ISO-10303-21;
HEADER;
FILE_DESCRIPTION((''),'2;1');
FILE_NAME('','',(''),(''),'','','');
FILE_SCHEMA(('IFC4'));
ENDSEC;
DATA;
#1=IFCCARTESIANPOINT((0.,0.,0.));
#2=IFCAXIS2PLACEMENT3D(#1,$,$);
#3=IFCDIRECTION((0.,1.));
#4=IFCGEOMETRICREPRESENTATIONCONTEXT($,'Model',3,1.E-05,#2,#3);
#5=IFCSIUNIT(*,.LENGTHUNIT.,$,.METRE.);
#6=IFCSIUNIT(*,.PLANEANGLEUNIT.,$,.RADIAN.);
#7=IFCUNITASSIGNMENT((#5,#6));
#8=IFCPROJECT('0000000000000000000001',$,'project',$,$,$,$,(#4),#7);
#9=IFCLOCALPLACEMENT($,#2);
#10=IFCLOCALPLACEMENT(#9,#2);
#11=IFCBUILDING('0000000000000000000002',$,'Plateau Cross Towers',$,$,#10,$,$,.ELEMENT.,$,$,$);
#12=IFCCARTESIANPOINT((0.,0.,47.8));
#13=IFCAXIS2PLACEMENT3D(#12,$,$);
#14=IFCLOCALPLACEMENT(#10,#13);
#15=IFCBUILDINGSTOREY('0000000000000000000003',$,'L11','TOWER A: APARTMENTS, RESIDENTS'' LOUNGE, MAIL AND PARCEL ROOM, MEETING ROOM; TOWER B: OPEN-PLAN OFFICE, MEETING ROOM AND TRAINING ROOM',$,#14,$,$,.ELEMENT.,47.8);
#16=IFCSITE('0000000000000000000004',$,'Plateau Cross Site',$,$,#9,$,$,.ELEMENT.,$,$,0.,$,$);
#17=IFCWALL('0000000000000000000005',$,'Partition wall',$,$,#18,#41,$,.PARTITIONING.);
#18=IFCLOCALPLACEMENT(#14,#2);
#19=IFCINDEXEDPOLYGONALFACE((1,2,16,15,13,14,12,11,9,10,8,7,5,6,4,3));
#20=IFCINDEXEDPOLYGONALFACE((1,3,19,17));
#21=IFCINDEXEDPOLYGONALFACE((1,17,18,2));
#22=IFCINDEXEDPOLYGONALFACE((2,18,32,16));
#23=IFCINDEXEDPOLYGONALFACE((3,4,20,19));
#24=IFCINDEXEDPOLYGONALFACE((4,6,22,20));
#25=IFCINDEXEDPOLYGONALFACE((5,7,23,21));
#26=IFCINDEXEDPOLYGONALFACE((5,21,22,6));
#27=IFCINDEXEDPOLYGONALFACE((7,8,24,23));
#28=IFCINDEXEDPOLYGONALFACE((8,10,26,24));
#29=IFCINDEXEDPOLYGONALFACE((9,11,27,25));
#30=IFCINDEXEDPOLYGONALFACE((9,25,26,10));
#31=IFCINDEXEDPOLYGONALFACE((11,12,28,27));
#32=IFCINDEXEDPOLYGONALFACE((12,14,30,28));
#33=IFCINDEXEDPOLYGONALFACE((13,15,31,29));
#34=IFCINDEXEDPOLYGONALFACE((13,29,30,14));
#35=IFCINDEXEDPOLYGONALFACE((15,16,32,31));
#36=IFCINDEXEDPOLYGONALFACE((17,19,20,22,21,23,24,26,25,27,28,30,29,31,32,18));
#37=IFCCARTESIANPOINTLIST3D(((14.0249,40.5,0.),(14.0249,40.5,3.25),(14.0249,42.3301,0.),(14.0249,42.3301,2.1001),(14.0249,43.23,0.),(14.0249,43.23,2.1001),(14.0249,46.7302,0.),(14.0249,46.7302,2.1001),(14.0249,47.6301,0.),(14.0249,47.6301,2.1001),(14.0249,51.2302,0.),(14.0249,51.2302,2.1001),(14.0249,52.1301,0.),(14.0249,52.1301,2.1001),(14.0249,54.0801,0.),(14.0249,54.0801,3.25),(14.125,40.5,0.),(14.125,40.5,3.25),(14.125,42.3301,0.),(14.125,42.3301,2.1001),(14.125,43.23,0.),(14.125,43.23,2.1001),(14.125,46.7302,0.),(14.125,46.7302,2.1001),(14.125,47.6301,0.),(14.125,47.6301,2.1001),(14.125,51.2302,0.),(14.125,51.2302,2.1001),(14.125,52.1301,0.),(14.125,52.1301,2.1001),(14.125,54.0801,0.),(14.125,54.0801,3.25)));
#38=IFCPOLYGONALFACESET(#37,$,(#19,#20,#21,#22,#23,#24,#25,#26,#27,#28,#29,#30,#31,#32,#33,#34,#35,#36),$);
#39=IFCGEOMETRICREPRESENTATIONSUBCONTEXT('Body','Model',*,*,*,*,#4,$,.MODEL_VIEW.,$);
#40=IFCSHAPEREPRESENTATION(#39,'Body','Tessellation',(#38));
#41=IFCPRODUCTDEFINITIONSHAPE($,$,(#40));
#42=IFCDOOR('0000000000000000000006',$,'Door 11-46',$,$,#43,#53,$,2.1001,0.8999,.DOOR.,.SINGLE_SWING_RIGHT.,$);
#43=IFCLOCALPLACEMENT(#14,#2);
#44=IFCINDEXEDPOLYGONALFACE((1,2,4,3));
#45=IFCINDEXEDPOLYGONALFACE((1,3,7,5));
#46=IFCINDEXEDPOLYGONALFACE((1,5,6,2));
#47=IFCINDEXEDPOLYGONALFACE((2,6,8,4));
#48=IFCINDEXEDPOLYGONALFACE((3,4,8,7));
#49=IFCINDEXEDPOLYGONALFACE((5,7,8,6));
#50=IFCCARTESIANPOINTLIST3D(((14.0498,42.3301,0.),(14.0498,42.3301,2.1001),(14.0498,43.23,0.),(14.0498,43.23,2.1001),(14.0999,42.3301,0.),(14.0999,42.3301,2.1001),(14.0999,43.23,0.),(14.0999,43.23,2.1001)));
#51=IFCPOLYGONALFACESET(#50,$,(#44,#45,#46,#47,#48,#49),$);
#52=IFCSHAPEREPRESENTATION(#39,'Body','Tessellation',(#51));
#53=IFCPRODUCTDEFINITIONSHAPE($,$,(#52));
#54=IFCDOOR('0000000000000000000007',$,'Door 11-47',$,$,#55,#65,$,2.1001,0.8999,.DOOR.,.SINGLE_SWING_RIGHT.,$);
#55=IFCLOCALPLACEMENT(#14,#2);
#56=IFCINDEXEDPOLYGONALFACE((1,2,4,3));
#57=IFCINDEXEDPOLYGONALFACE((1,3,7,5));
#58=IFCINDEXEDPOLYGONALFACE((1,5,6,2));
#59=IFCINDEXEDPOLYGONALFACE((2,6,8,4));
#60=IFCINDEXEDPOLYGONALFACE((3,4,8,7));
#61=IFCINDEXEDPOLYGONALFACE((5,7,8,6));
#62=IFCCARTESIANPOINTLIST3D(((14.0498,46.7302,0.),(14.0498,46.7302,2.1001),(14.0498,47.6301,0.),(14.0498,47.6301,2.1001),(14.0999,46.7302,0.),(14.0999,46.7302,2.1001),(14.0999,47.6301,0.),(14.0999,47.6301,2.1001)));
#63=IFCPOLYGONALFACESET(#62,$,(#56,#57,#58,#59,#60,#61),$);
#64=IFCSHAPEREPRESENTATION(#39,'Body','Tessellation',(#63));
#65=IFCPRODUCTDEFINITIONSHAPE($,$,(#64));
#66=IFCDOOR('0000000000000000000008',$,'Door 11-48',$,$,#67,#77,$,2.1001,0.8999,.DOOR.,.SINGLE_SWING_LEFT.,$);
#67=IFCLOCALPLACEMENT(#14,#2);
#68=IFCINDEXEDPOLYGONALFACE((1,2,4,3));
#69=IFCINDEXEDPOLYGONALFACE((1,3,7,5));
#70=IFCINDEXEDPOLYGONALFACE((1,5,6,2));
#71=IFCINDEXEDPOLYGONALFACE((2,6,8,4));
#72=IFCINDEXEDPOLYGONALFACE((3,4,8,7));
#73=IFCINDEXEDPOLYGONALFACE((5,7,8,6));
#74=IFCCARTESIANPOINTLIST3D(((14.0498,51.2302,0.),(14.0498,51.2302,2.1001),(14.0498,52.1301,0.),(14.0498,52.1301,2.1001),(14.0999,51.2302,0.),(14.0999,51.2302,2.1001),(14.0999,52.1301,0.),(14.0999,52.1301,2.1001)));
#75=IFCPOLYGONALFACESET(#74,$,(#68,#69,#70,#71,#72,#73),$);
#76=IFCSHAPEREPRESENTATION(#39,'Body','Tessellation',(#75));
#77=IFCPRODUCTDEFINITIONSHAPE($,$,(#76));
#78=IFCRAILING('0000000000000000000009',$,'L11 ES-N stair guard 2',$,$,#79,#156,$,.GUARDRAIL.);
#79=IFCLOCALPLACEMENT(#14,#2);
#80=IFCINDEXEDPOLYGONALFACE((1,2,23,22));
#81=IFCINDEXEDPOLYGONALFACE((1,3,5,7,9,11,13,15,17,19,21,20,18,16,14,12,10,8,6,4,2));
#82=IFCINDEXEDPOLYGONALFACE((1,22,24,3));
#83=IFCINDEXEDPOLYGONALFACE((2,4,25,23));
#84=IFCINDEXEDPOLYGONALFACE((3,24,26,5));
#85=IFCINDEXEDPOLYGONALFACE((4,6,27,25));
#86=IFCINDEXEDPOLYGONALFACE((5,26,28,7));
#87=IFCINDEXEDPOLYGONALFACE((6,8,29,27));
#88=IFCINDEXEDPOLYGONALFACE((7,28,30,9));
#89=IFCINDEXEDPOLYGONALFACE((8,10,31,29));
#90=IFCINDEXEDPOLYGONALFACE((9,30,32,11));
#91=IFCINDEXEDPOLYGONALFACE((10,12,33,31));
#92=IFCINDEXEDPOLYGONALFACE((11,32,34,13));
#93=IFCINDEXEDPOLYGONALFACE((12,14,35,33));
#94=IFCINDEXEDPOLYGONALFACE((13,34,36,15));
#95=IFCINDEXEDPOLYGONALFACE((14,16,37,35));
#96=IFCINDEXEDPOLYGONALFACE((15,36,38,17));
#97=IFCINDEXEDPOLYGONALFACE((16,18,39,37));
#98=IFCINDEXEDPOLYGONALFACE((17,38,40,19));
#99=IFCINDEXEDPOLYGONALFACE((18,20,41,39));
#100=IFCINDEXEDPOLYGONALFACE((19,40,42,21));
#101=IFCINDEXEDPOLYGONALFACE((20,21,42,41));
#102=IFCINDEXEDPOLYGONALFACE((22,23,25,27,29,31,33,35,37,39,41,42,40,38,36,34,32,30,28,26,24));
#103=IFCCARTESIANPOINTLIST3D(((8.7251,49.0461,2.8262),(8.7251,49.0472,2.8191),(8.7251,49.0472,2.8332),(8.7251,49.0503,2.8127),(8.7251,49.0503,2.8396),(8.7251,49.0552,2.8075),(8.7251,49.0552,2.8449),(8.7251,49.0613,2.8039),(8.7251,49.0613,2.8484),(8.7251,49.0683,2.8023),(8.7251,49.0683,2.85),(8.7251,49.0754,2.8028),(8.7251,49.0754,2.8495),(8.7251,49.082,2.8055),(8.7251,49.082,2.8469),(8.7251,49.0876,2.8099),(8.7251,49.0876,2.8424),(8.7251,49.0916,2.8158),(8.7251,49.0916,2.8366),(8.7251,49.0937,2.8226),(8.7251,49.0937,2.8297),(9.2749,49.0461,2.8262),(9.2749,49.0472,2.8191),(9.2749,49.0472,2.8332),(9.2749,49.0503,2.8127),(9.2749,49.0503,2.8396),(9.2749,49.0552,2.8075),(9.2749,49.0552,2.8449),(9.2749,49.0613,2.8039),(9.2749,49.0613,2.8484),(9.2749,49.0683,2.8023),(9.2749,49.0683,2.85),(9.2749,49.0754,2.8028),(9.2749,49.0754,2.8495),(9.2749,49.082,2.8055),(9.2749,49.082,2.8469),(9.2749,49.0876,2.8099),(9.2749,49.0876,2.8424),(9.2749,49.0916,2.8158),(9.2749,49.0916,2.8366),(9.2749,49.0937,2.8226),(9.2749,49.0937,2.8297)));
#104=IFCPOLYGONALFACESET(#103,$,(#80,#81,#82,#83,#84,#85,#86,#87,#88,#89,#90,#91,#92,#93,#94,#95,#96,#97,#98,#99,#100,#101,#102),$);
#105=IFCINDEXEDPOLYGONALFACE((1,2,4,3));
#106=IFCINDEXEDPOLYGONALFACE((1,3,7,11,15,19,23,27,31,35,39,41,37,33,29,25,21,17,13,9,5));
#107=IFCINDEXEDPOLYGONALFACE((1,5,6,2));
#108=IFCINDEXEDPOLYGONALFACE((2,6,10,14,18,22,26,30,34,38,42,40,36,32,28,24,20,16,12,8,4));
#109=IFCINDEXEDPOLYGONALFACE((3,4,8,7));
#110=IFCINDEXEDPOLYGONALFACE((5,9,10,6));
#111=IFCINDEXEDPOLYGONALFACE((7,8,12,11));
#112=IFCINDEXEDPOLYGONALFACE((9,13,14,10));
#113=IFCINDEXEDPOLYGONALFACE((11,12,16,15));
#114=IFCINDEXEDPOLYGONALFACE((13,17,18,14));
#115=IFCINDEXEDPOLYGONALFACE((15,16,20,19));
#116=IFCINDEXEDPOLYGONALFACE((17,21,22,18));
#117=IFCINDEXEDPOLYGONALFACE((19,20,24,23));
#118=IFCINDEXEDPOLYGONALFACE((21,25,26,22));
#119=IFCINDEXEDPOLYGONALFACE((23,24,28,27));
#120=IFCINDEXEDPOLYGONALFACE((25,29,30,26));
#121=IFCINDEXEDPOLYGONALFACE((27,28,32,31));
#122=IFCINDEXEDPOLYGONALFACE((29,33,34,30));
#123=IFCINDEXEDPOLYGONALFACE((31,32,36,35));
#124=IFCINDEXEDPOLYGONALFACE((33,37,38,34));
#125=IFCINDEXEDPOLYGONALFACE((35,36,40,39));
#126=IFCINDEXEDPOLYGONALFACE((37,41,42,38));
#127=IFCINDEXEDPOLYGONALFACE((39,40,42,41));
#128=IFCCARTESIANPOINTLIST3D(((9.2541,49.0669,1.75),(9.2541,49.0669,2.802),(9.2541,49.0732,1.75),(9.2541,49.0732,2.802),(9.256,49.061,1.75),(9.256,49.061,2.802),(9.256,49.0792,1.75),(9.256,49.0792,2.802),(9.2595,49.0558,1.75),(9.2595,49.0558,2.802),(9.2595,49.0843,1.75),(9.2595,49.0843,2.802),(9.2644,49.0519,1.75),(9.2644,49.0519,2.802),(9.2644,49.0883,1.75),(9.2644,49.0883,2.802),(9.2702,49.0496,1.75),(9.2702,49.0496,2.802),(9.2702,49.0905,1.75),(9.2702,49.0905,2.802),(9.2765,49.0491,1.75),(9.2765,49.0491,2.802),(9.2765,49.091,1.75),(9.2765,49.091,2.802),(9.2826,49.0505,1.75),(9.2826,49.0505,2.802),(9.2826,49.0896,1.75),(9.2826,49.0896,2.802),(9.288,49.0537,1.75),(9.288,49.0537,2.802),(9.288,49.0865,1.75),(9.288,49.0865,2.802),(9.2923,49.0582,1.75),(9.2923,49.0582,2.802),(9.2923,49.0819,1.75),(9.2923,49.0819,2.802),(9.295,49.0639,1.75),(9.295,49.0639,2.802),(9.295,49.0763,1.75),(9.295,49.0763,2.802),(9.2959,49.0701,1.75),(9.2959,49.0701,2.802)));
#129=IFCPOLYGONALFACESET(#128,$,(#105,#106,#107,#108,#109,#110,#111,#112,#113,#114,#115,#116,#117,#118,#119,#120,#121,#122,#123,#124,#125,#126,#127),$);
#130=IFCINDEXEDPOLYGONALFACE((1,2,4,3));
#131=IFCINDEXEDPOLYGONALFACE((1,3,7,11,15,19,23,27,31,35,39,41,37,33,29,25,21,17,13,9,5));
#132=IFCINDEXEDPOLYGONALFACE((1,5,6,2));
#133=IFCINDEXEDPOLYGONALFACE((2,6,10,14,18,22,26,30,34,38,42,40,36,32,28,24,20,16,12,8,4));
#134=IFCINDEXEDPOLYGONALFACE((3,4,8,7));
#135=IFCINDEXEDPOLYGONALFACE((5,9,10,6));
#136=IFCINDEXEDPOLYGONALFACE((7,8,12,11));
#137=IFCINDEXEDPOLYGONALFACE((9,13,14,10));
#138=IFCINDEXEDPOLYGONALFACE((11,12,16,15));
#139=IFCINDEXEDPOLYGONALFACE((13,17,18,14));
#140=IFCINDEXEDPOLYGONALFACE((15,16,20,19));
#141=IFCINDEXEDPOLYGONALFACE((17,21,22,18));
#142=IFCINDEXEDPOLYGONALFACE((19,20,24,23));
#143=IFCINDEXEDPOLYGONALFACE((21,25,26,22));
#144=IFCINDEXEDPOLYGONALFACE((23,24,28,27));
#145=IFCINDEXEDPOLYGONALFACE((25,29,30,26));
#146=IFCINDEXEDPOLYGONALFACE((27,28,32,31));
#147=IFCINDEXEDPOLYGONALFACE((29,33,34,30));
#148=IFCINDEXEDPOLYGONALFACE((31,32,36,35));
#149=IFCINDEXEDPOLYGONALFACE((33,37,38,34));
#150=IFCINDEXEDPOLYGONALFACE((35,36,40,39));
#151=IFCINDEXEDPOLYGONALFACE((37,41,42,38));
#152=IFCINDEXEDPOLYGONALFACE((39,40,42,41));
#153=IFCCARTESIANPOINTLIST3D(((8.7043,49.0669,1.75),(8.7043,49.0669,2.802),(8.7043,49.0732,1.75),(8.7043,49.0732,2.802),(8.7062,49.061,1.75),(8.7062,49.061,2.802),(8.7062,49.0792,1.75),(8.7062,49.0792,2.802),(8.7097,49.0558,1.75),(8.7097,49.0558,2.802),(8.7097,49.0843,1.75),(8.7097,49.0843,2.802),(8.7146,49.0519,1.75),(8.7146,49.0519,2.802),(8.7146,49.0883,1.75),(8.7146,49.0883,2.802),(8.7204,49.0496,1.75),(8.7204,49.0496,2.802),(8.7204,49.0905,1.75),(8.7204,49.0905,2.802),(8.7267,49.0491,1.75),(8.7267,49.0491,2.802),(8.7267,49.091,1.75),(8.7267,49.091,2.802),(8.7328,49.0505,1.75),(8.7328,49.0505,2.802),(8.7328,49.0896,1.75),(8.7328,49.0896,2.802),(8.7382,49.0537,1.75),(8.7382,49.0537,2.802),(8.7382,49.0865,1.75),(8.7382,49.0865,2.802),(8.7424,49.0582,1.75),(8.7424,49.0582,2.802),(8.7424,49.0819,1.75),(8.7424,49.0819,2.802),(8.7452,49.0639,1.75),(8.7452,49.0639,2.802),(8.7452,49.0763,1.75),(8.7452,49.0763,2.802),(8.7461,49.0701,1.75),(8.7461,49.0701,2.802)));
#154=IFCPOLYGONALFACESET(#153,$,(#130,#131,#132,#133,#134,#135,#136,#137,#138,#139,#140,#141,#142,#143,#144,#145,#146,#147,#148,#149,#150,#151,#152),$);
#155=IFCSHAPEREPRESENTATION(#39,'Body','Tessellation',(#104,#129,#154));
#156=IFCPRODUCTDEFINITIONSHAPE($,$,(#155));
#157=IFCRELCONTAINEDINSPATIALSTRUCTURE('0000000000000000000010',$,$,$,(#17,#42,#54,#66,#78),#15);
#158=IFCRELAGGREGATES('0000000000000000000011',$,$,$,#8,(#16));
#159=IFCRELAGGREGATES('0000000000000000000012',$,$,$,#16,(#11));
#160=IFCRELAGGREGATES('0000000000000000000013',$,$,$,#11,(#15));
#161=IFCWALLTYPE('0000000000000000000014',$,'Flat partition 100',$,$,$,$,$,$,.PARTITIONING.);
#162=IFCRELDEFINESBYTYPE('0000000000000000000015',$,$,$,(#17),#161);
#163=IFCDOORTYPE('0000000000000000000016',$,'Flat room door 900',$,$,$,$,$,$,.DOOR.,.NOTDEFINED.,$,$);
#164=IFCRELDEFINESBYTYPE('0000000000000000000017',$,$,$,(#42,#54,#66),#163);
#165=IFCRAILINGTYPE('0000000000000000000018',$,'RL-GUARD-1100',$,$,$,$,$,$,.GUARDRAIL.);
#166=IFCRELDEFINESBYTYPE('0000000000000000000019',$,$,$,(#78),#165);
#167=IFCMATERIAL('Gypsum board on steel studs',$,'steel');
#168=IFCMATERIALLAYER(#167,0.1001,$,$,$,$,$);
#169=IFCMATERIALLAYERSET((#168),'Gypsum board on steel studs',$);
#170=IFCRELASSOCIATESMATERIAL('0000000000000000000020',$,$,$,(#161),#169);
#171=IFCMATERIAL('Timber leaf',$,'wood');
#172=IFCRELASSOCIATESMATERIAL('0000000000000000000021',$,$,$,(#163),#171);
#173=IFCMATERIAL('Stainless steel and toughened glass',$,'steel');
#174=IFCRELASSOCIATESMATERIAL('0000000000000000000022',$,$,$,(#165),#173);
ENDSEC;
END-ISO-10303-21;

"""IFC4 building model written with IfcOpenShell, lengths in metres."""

from ifc_helpers import new_model, si_unit, direction, frame, frame_2d, origin, origin_2d, place, context, subcontext, project, spatial, rectangle, circle, extrude, material, layer, layer_set, type_object, element, fill, save


model = new_model("IFC4")

# Units and contexts
model_context = context("Model", 3, precision=1e-05, world=origin(), true_north=direction((0.0, 1.0)))
body_context = subcontext(model_context, "Body", "Model", "MODEL_VIEW")
ifc_project = project(units=[si_unit("LENGTHUNIT", "METRE"), si_unit("PLANEANGLEUNIT", "RADIAN")], contexts=[model_context])

# Site, building, storey
site_placement = place(None, origin())
site = spatial("IfcSite", under=ifc_project, at=site_placement, Name="Plateau Cross Site", CompositionType="ELEMENT", RefElevation=0.0)
building_placement = place(site_placement, origin())
building = spatial("IfcBuilding", under=site, at=building_placement, Name="Plateau Cross Towers", CompositionType="ELEMENT")
storey_placement = place(building_placement, frame((0.0, 0.0, 47.8)))
storey = spatial("IfcBuildingStorey", under=building, at=storey_placement, Name="L11", Description="TOWER A: APARTMENTS, RESIDENTS' LOUNGE, MAIL AND PARCEL ROOM, MEETING ROOM; TOWER B: OPEN-PLAN OFFICE, MEETING ROOM AND TRAINING ROOM", CompositionType="ELEMENT", Elevation=47.8)

# Shared definitions
ifc_material_1 = material(Name="Gypsum board on steel studs", Category="steel")
ifc_layer_1 = layer(ifc_material_1, 0.1001)
ifc_layer_set_1 = layer_set([ifc_layer_1], Name="Gypsum board on steel studs")
wall_type = type_object("IfcWallType", Name="Flat partition 100", PredefinedType="PARTITIONING", material=ifc_layer_set_1)

# Wall, openings, doors
wall_1_placement = place(storey_placement, frame((14.075, 54.0801, 0.0), z_axis=(0.0, 0.0, 1.0), x_axis=(0.0, -1.0, 0.0)))
wall_1 = element("IfcWall", 1, at=wall_1_placement, inside=storey, type_object=wall_type, Name="Partition wall", PredefinedType="PARTITIONING", context=body_context, shape_type="SweptSolid", body=[
    extrude(rectangle(XDim=13.5801, YDim=0.1001, at=frame_2d((6.79, 0.0))), origin(), (0.0, 0.0, 1.0), 3.25),
])
opening_1_placement = place(wall_1_placement, frame((10.8501, 0.0, 0.0)))
opening_1 = element("IfcOpeningElement", 2, at=opening_1_placement, cuts=wall_1, PredefinedType="OPENING", context=body_context, shape_type="SweptSolid", body=[
    extrude(rectangle(XDim=0.8999, YDim=2.1001, at=frame_2d((0.45, 1.05))), frame((0.0, 0.0601, 0.0), z_axis=(0.0, -1.0, 0.0), x_axis=(1.0, 0.0, 0.0)), (0.0, 0.0, 1.0), 0.1201),
])
opening_2_placement = place(wall_1_placement, frame((6.45, 0.0, 0.0)))
opening_2 = element("IfcOpeningElement", 3, at=opening_2_placement, cuts=wall_1, PredefinedType="OPENING", context=body_context, shape_type="SweptSolid", body=[
    extrude(rectangle(XDim=0.8999, YDim=2.1001, at=frame_2d((0.45, 1.05))), frame((0.0, 0.0601, 0.0), z_axis=(0.0, -1.0, 0.0), x_axis=(1.0, 0.0, 0.0)), (0.0, 0.0, 1.0), 0.1201),
])
opening_3_placement = place(wall_1_placement, frame((1.95, 0.0, 0.0)))
opening_3 = element("IfcOpeningElement", 4, at=opening_3_placement, cuts=wall_1, PredefinedType="OPENING", context=body_context, shape_type="SweptSolid", body=[
    extrude(rectangle(XDim=0.8999, YDim=2.1001, at=frame_2d((0.45, 1.05))), frame((0.0, 0.0601, 0.0), z_axis=(0.0, -1.0, 0.0), x_axis=(1.0, 0.0, 0.0)), (0.0, 0.0, 1.0), 0.1201),
])
ifc_material_2 = material(Name="Timber leaf", Category="wood")
door_type = type_object("IfcDoorType", Name="Flat room door 900", OperationType="NOTDEFINED", PredefinedType="DOOR", material=ifc_material_2)
door_1_placement = place(opening_1_placement, origin())
door_1 = element("IfcDoor", 5, at=door_1_placement, inside=storey, type_object=door_type, Name="Door 11-46", OperationType="SINGLE_SWING_RIGHT", OverallHeight=2.1001, OverallWidth=0.8999, PredefinedType="DOOR", context=body_context, shape_type="SweptSolid", body=[
    extrude(rectangle(XDim=0.8999, YDim=2.1001, at=frame_2d((0.45, 1.05))), frame((0.0, 0.0249, 0.0), z_axis=(0.0, -1.0, 0.0), x_axis=(1.0, 0.0, 0.0)), (0.0, 0.0, 1.0), 0.05),
])
fill(opening_1, door_1)
door_2_placement = place(opening_2_placement, origin())
door_2 = element("IfcDoor", 6, at=door_2_placement, inside=storey, type_object=door_type, Name="Door 11-47", OperationType="SINGLE_SWING_RIGHT", OverallHeight=2.1001, OverallWidth=0.8999, PredefinedType="DOOR", context=body_context, shape_type="SweptSolid", body=[
    extrude(rectangle(XDim=0.8999, YDim=2.1001, at=frame_2d((0.45, 1.05))), frame((0.0, 0.0249, 0.0), z_axis=(0.0, -1.0, 0.0), x_axis=(1.0, 0.0, 0.0)), (0.0, 0.0, 1.0), 0.05),
])
fill(opening_2, door_2)
door_3_placement = place(opening_3_placement, origin())
door_3 = element("IfcDoor", 7, at=door_3_placement, inside=storey, type_object=door_type, Name="Door 11-48", OperationType="SINGLE_SWING_LEFT", OverallHeight=2.1001, OverallWidth=0.8999, PredefinedType="DOOR", context=body_context, shape_type="SweptSolid", body=[
    extrude(rectangle(XDim=0.8999, YDim=2.1001, at=frame_2d((0.45, 1.05))), frame((0.0, 0.0249, 0.0), z_axis=(0.0, -1.0, 0.0), x_axis=(1.0, 0.0, 0.0)), (0.0, 0.0, 1.0), 0.05),
])
fill(opening_3, door_3)

# Railing
ifc_material_3 = material(Name="Stainless steel and toughened glass", Category="steel")
railing_type = type_object("IfcRailingType", Name="RL-GUARD-1100", PredefinedType="GUARDRAIL", material=ifc_material_3)
railing_placement = place(storey_placement, frame((9.2749, 49.0701, 1.75)))
element("IfcRailing", 8, at=railing_placement, inside=storey, type_object=railing_type, Name="L11 ES-N stair guard 2", PredefinedType="GUARDRAIL", context=body_context, shape_type="SweptSolid", body=[
    extrude(circle(Radius=0.0239, at=origin_2d()), frame((0.0, 0.0, 1.0762), z_axis=(-1.0, 0.0, 0.0), x_axis=(0.0, -1.0, 0.0)), (0.0, 0.0, 1.0), 0.5498),
    extrude(circle(Radius=0.021, at=origin_2d()), origin(), (0.0, 0.0, 1.0), 1.052),
    extrude(circle(Radius=0.021, at=origin_2d()), frame((-0.5498, 0.0, 0.0)), (0.0, 0.0, 1.0), 1.052),
])

save(model, "model.ifc")
